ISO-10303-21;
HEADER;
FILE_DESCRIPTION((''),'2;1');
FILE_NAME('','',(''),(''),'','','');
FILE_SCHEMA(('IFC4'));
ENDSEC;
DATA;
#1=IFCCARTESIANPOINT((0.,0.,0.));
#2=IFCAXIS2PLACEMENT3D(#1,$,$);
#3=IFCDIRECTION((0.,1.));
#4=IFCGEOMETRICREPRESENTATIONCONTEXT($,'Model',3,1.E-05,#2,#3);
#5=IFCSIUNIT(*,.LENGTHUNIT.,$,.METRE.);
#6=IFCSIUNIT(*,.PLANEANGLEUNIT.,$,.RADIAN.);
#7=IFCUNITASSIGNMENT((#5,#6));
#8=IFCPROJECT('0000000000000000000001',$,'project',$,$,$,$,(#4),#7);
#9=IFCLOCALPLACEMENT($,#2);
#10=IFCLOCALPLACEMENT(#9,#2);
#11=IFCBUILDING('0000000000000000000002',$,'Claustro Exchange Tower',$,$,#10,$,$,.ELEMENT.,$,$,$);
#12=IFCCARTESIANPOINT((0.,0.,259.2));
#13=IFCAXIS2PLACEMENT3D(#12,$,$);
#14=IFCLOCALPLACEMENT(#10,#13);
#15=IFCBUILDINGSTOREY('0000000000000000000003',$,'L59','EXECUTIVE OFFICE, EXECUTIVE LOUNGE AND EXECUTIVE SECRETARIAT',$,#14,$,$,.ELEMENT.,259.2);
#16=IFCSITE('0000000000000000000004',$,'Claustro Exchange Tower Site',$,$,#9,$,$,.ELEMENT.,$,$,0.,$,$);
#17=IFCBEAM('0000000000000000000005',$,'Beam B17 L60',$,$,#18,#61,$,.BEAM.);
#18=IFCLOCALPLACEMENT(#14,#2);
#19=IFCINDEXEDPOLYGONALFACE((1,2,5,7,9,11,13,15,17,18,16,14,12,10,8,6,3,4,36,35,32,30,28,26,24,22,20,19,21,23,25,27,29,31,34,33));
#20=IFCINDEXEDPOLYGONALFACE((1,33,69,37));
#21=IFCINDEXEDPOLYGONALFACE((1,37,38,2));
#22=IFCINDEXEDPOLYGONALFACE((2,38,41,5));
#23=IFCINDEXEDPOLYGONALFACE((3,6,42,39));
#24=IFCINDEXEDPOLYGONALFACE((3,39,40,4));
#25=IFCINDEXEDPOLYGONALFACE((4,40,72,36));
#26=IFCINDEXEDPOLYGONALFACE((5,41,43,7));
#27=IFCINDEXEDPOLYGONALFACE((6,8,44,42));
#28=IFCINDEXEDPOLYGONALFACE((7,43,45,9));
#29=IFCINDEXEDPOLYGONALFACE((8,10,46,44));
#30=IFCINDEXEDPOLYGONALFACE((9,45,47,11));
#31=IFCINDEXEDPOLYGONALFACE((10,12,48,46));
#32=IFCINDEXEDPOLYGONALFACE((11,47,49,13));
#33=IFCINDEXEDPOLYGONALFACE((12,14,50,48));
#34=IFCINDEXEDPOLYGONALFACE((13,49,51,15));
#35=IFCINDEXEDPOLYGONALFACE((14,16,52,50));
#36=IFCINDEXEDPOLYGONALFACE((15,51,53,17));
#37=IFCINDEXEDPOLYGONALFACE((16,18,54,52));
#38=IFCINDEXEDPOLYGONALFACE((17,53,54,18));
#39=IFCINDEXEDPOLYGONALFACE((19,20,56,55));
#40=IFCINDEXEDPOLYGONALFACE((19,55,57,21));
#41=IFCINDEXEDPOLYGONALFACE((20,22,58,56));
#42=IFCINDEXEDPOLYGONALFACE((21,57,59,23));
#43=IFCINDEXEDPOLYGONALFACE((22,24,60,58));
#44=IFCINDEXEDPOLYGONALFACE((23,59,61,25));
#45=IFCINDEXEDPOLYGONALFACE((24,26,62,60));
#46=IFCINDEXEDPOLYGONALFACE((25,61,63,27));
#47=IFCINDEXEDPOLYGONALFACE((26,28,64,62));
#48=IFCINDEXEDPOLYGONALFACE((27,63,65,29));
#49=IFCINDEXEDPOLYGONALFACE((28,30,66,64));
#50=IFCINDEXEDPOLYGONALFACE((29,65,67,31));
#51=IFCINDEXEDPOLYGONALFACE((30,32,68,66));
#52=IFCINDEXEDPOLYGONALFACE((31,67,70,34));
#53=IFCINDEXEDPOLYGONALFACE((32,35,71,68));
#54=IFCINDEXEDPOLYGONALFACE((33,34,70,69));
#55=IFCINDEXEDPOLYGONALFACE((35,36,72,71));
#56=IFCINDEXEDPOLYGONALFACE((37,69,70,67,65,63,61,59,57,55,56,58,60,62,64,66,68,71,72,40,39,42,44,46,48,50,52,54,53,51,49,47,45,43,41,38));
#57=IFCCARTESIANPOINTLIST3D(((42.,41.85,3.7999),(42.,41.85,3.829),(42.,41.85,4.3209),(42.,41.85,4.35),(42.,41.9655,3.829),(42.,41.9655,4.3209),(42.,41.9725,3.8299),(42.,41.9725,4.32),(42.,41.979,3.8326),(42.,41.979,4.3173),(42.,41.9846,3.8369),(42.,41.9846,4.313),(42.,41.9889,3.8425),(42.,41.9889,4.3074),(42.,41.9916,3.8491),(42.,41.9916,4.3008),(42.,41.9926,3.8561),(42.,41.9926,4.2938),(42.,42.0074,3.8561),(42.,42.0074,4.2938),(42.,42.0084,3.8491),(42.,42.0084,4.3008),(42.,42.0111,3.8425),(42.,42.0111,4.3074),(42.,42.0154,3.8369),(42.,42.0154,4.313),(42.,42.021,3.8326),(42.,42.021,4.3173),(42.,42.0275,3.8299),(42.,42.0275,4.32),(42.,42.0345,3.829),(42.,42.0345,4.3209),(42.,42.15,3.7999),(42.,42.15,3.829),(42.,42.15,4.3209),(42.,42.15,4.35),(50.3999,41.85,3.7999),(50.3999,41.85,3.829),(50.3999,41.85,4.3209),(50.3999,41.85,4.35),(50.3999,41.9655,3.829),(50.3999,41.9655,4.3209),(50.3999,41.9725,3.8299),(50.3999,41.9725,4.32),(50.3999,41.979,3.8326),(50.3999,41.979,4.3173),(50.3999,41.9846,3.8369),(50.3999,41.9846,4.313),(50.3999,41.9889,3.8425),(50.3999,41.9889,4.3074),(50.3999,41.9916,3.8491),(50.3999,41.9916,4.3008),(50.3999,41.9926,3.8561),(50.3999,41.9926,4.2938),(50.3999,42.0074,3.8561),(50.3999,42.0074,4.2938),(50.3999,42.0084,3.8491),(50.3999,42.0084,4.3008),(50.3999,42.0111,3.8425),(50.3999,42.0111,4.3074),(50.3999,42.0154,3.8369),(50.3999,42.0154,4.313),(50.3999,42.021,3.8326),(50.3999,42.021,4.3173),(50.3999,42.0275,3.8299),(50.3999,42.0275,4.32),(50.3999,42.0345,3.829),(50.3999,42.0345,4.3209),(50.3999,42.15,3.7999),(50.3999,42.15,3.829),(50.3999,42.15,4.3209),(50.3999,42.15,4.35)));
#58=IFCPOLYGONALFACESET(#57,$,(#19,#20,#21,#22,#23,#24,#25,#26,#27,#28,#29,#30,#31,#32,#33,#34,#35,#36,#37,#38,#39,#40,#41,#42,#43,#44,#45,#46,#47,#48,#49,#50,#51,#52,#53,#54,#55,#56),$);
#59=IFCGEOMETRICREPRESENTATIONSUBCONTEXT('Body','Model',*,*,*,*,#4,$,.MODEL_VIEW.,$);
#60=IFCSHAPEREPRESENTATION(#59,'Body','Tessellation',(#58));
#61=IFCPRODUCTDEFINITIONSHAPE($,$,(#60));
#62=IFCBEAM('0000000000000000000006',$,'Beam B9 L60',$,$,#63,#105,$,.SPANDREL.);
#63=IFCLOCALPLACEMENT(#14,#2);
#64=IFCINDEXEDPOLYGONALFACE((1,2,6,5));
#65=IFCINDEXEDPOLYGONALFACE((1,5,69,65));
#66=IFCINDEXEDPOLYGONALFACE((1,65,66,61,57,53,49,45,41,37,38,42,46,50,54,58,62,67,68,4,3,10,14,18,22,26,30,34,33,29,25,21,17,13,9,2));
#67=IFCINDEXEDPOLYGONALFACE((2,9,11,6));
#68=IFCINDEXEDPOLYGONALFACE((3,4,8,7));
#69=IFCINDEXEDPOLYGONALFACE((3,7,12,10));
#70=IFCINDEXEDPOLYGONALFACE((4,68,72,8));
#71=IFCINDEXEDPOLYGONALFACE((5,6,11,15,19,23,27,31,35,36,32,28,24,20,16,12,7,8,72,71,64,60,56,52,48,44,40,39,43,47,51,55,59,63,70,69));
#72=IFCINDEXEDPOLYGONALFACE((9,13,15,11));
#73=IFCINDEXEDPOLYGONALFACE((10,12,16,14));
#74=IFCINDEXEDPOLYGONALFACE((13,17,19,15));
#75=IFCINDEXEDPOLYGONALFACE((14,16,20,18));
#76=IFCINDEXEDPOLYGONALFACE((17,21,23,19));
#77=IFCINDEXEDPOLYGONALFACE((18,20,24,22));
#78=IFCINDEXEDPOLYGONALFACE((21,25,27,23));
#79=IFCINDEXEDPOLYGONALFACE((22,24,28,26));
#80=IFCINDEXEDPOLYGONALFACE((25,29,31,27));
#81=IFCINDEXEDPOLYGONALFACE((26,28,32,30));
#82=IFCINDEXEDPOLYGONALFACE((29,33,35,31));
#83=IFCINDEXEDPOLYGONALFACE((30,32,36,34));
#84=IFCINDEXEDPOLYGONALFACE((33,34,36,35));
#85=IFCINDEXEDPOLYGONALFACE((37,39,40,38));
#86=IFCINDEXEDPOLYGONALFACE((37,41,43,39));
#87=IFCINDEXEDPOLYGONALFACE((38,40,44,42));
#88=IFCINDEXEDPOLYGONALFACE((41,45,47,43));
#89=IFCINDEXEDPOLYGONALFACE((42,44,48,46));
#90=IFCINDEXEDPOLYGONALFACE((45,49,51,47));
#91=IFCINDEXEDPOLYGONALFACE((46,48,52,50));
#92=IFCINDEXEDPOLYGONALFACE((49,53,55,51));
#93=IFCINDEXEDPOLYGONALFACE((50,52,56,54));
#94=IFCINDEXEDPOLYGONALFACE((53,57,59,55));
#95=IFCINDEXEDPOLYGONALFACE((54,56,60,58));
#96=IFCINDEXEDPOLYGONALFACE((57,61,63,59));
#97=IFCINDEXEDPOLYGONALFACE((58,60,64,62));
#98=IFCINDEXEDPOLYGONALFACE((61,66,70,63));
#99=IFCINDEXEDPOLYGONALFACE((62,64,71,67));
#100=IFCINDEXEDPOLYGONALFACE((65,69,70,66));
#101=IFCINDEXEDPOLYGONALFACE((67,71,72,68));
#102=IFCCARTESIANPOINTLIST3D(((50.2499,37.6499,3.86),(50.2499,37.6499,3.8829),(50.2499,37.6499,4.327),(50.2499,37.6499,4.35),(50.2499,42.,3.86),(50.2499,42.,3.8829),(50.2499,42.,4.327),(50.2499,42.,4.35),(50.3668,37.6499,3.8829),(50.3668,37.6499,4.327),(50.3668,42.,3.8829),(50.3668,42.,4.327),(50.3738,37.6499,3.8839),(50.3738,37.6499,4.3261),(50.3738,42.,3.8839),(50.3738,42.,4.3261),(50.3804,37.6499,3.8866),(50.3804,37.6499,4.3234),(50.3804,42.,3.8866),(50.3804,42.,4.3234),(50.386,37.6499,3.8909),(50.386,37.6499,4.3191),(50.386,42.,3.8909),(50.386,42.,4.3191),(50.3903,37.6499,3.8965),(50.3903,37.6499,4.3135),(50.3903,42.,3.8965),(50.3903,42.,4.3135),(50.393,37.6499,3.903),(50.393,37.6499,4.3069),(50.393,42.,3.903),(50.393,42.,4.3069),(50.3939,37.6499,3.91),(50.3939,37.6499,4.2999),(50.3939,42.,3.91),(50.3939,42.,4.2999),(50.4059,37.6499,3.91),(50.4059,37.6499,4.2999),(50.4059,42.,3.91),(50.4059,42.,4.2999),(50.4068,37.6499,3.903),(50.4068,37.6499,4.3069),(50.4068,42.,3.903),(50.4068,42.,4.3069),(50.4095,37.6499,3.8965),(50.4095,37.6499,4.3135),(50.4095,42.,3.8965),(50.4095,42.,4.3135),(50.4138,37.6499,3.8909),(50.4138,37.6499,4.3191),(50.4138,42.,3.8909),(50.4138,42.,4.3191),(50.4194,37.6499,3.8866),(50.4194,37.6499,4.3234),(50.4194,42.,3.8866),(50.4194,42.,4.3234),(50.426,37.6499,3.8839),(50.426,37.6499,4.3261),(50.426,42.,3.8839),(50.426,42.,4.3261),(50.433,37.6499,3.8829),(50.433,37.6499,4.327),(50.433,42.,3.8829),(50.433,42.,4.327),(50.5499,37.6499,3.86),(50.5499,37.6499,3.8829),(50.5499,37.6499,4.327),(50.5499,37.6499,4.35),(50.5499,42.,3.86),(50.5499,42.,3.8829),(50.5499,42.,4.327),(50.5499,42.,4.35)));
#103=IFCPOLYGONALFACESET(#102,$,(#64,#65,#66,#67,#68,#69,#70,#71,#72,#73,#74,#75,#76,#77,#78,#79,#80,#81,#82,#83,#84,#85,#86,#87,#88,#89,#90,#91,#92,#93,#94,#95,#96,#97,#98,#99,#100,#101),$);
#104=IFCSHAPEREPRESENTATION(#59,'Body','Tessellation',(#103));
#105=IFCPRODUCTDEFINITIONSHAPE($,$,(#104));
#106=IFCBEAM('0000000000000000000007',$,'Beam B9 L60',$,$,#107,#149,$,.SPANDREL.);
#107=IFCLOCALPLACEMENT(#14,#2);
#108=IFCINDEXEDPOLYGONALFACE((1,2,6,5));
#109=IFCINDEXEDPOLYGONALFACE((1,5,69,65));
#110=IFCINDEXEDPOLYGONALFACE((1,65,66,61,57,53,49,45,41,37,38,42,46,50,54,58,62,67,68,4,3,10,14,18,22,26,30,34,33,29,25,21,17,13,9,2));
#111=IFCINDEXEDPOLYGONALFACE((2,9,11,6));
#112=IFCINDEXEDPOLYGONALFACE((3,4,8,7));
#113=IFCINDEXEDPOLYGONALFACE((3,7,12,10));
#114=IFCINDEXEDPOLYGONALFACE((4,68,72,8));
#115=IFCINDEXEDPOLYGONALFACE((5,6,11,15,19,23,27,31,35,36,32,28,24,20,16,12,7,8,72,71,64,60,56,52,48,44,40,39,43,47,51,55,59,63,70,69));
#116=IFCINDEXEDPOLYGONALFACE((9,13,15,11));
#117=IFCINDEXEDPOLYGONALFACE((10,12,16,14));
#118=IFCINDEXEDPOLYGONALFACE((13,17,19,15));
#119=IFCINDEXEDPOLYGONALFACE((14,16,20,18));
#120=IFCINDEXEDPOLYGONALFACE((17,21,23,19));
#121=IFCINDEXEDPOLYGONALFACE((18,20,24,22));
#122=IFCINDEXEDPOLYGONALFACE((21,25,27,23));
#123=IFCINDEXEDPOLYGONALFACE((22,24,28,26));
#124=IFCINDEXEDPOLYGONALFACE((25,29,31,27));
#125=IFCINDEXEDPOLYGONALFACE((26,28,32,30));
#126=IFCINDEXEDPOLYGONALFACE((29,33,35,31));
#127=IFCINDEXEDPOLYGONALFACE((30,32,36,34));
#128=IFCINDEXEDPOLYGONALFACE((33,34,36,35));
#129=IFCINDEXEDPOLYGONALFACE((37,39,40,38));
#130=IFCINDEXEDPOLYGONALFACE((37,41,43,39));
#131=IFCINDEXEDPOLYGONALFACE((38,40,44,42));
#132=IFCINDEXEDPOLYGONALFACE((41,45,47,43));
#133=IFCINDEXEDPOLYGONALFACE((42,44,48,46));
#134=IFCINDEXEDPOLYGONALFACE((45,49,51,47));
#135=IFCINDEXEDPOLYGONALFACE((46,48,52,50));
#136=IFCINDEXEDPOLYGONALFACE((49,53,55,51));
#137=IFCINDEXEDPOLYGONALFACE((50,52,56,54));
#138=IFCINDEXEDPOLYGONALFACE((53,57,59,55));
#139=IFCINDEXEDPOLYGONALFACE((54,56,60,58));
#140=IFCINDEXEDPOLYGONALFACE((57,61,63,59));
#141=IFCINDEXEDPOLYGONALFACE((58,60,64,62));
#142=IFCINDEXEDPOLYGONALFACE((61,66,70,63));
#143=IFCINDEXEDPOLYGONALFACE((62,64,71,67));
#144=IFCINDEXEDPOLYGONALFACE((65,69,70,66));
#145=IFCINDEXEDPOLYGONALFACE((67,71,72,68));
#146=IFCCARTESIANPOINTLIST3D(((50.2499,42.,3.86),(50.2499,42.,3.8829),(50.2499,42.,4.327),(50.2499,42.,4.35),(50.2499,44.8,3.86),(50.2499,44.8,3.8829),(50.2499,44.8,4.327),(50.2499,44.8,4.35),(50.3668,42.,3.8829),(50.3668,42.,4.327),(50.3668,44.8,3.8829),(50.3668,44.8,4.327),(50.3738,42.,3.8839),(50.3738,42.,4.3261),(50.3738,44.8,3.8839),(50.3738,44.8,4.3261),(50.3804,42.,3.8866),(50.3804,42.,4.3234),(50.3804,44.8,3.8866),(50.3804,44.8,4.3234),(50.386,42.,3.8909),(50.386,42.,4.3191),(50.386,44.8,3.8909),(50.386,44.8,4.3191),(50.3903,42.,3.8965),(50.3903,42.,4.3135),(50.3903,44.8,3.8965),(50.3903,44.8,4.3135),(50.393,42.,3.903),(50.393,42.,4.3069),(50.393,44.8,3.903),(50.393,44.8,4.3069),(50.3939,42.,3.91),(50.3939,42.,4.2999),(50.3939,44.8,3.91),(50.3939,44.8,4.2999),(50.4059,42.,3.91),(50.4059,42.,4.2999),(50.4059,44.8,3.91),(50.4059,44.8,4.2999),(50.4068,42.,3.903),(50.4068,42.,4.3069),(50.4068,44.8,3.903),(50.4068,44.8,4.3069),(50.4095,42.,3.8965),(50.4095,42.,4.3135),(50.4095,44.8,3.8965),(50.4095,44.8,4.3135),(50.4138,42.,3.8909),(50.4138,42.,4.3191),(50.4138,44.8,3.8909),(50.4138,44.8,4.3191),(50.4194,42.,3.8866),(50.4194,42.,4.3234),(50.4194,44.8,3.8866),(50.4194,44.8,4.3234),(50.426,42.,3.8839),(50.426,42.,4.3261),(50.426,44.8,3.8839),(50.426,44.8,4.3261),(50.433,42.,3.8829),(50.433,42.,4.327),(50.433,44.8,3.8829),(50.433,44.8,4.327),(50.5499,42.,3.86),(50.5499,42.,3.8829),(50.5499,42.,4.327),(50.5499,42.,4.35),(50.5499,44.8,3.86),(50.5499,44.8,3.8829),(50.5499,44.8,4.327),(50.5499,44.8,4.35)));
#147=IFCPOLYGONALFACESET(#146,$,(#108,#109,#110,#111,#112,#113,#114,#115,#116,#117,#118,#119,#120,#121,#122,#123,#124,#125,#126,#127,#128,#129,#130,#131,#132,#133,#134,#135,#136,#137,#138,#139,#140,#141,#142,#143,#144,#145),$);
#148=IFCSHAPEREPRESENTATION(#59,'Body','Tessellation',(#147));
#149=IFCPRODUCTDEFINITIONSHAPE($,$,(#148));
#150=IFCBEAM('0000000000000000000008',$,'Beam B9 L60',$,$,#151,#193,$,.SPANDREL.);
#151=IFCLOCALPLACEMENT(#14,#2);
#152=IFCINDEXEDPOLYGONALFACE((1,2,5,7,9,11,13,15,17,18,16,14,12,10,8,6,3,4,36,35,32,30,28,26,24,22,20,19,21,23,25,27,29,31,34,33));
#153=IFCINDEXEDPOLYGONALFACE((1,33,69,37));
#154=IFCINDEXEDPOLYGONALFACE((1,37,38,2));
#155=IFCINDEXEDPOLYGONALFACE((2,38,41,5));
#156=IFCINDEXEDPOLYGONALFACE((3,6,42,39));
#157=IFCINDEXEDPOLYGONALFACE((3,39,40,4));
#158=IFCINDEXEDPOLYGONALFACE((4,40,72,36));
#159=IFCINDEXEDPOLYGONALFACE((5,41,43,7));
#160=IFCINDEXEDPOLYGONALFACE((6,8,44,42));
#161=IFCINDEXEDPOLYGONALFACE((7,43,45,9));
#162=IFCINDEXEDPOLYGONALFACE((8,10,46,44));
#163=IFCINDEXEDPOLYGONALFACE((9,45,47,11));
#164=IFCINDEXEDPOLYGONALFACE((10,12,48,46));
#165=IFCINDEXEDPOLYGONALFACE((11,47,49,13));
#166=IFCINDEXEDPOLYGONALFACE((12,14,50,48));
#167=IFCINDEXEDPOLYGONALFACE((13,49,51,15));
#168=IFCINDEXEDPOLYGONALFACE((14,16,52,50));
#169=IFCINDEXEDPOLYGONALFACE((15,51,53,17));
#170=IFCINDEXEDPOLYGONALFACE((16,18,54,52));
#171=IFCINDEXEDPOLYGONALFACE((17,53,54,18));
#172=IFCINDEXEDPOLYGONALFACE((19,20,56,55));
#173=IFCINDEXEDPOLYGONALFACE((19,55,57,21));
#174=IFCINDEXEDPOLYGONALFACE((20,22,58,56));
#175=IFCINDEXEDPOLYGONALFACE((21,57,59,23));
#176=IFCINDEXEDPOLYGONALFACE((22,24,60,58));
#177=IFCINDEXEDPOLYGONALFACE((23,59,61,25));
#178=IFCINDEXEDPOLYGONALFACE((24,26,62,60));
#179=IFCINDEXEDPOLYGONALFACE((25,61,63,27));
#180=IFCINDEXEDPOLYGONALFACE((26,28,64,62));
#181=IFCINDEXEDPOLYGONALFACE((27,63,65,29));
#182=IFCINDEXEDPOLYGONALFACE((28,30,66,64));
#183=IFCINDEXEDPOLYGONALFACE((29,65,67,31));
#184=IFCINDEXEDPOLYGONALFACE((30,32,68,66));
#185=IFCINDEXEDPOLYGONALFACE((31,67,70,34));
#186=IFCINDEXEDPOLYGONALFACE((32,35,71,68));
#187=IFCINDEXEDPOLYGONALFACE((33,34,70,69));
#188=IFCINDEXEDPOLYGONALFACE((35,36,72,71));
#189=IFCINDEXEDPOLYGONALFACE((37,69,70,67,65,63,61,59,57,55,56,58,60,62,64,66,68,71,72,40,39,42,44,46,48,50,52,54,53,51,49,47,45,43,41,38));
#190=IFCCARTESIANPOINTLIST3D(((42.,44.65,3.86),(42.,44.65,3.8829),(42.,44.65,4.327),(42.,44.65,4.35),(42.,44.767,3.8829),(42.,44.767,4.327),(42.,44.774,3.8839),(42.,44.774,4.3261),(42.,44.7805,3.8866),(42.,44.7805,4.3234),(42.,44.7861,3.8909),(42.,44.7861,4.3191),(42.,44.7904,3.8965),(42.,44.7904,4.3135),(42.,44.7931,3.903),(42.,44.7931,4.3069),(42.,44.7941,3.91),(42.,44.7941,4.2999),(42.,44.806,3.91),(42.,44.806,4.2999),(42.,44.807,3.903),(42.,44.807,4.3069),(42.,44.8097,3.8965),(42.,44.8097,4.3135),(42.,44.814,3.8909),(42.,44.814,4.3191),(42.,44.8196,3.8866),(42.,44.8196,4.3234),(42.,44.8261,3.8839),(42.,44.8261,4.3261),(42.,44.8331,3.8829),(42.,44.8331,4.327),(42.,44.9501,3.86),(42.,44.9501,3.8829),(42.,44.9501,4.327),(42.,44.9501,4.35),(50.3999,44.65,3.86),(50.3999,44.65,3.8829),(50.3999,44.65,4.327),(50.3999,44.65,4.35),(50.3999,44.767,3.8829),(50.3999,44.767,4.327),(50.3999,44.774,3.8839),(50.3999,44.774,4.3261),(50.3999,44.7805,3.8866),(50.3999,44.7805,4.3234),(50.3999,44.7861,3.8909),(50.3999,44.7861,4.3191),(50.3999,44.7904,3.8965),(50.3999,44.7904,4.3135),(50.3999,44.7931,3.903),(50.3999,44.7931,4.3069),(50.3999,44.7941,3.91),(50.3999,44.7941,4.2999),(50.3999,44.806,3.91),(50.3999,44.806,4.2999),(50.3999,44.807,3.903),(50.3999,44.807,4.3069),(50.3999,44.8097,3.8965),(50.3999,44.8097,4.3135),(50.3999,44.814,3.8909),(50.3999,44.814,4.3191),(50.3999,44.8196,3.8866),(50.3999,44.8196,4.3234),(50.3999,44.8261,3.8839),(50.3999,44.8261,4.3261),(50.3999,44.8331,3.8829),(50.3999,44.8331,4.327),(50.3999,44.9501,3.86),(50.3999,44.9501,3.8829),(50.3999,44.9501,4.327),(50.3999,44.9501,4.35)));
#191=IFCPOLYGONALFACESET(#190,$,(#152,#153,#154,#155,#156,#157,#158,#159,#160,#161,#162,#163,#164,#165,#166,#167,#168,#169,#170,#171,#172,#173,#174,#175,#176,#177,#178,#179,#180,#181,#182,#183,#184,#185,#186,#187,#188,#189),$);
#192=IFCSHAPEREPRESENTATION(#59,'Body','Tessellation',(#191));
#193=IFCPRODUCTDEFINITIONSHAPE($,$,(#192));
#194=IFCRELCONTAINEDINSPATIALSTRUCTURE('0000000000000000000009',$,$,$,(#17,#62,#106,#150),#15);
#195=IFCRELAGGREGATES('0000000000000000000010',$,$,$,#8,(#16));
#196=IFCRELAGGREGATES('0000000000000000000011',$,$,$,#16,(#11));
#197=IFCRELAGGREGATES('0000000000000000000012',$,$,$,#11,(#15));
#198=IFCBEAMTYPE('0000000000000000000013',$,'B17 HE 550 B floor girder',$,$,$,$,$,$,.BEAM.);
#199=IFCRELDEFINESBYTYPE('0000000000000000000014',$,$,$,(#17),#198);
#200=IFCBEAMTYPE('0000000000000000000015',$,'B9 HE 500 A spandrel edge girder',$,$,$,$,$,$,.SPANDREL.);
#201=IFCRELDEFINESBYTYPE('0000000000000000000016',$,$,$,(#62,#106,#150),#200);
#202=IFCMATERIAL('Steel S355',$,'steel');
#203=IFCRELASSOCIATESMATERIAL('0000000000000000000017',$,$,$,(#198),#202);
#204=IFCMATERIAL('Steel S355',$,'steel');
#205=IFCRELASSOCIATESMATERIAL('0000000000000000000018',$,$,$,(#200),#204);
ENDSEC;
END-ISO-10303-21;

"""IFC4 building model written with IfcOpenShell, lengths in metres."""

from ifc_helpers import new_model, si_unit, direction, frame, origin, origin_2d, place, context, subcontext, project, spatial, i_section, extrude, material, material_profile, profile_set, type_object, element, save


model = new_model("IFC4")

# Units and contexts
model_context = context("Model", 3, precision=1e-05, world=origin(), true_north=direction((0.0, 1.0)))
body_context = subcontext(model_context, "Body", "Model", "MODEL_VIEW")
ifc_project = project(units=[si_unit("LENGTHUNIT", "METRE"), si_unit("PLANEANGLEUNIT", "RADIAN")], contexts=[model_context])

# Site, building, storey
site_placement = place(None, origin())
site = spatial("IfcSite", under=ifc_project, at=site_placement, Name="Claustro Exchange Tower Site", CompositionType="ELEMENT", RefElevation=0.0)
building_placement = place(site_placement, origin())
building = spatial("IfcBuilding", under=site, at=building_placement, Name="Claustro Exchange Tower", CompositionType="ELEMENT")
storey_placement = place(building_placement, frame((0.0, 0.0, 259.2)))
storey = spatial("IfcBuildingStorey", under=building, at=storey_placement, Name="L59", Description="EXECUTIVE OFFICE, EXECUTIVE LOUNGE AND EXECUTIVE SECRETARIAT", CompositionType="ELEMENT", Elevation=259.2)

# Beams
ifc_material_1 = material(Name="Steel S355", Category="steel")
ifc_material_profile_1 = material_profile(ifc_material_1, i_section(OverallWidth=0.3, OverallDepth=0.55, WebThickness=0.0149, FlangeThickness=0.0291, FilletRadius=0.0271, at=origin_2d()), Name="HE 550 B")
ifc_profile_set_1 = profile_set([ifc_material_profile_1], Name="Steel S355")
beam_type_1 = type_object("IfcBeamType", Name="B17 HE 550 B floor girder", PredefinedType="BEAM", material=ifc_profile_set_1)
beam_1_placement = place(storey_placement, frame((42.0, 42.0, 4.075), z_axis=(1.0, 0.0, 0.0), x_axis=(0.0, 1.0, 0.0)))
element("IfcBeam", 1, at=beam_1_placement, inside=storey, type_object=beam_type_1, Name="Beam B17 L60", PredefinedType="BEAM", context=body_context, shape_type="SweptSolid", body=[
    extrude(i_section(OverallWidth=0.3, OverallDepth=0.55, WebThickness=0.0149, FlangeThickness=0.0291, FilletRadius=0.0271, at=origin_2d()), origin(), (0.0, 0.0, 1.0), 8.3999),
])
ifc_material_2 = material(Name="Steel S355", Category="steel")
ifc_material_profile_2 = material_profile(ifc_material_2, i_section(OverallWidth=0.3, OverallDepth=0.49, WebThickness=0.012, FlangeThickness=0.0229, FilletRadius=0.0271, at=origin_2d()), Name="HE 500 A")
ifc_profile_set_2 = profile_set([ifc_material_profile_2], Name="Steel S355")
beam_type_2 = type_object("IfcBeamType", Name="B9 HE 500 A spandrel edge girder", PredefinedType="SPANDREL", material=ifc_profile_set_2)
beam_2_placement = place(storey_placement, frame((50.3999, 37.6499, 4.105), z_axis=(0.0, 1.0, 0.0), x_axis=(-1.0, 0.0, 0.0)))
element("IfcBeam", 2, at=beam_2_placement, inside=storey, type_object=beam_type_2, Name="Beam B9 L60", PredefinedType="SPANDREL", context=body_context, shape_type="SweptSolid", body=[
    extrude(i_section(OverallWidth=0.3, OverallDepth=0.49, WebThickness=0.012, FlangeThickness=0.0229, FilletRadius=0.0271, at=origin_2d()), origin(), (0.0, 0.0, 1.0), 4.3501),
])
beam_3_placement = place(storey_placement, frame((50.3999, 42.0, 4.105), z_axis=(0.0, 1.0, 0.0), x_axis=(-1.0, 0.0, 0.0)))
element("IfcBeam", 3, at=beam_3_placement, inside=storey, type_object=beam_type_2, Name="Beam B9 L60", PredefinedType="SPANDREL", context=body_context, shape_type="SweptSolid", body=[
    extrude(i_section(OverallWidth=0.3, OverallDepth=0.49, WebThickness=0.012, FlangeThickness=0.0229, FilletRadius=0.0271, at=origin_2d()), origin(), (0.0, 0.0, 1.0), 2.8),
])
beam_4_placement = place(storey_placement, frame((42.0, 44.8, 4.105), z_axis=(1.0, 0.0, 0.0), x_axis=(0.0, 1.0, 0.0)))
element("IfcBeam", 4, at=beam_4_placement, inside=storey, type_object=beam_type_2, Name="Beam B9 L60", PredefinedType="SPANDREL", context=body_context, shape_type="SweptSolid", body=[
    extrude(i_section(OverallWidth=0.3, OverallDepth=0.49, WebThickness=0.012, FlangeThickness=0.0229, FilletRadius=0.0271, at=origin_2d()), origin(), (0.0, 0.0, 1.0), 8.3999),
])

save(model, "model.ifc")
